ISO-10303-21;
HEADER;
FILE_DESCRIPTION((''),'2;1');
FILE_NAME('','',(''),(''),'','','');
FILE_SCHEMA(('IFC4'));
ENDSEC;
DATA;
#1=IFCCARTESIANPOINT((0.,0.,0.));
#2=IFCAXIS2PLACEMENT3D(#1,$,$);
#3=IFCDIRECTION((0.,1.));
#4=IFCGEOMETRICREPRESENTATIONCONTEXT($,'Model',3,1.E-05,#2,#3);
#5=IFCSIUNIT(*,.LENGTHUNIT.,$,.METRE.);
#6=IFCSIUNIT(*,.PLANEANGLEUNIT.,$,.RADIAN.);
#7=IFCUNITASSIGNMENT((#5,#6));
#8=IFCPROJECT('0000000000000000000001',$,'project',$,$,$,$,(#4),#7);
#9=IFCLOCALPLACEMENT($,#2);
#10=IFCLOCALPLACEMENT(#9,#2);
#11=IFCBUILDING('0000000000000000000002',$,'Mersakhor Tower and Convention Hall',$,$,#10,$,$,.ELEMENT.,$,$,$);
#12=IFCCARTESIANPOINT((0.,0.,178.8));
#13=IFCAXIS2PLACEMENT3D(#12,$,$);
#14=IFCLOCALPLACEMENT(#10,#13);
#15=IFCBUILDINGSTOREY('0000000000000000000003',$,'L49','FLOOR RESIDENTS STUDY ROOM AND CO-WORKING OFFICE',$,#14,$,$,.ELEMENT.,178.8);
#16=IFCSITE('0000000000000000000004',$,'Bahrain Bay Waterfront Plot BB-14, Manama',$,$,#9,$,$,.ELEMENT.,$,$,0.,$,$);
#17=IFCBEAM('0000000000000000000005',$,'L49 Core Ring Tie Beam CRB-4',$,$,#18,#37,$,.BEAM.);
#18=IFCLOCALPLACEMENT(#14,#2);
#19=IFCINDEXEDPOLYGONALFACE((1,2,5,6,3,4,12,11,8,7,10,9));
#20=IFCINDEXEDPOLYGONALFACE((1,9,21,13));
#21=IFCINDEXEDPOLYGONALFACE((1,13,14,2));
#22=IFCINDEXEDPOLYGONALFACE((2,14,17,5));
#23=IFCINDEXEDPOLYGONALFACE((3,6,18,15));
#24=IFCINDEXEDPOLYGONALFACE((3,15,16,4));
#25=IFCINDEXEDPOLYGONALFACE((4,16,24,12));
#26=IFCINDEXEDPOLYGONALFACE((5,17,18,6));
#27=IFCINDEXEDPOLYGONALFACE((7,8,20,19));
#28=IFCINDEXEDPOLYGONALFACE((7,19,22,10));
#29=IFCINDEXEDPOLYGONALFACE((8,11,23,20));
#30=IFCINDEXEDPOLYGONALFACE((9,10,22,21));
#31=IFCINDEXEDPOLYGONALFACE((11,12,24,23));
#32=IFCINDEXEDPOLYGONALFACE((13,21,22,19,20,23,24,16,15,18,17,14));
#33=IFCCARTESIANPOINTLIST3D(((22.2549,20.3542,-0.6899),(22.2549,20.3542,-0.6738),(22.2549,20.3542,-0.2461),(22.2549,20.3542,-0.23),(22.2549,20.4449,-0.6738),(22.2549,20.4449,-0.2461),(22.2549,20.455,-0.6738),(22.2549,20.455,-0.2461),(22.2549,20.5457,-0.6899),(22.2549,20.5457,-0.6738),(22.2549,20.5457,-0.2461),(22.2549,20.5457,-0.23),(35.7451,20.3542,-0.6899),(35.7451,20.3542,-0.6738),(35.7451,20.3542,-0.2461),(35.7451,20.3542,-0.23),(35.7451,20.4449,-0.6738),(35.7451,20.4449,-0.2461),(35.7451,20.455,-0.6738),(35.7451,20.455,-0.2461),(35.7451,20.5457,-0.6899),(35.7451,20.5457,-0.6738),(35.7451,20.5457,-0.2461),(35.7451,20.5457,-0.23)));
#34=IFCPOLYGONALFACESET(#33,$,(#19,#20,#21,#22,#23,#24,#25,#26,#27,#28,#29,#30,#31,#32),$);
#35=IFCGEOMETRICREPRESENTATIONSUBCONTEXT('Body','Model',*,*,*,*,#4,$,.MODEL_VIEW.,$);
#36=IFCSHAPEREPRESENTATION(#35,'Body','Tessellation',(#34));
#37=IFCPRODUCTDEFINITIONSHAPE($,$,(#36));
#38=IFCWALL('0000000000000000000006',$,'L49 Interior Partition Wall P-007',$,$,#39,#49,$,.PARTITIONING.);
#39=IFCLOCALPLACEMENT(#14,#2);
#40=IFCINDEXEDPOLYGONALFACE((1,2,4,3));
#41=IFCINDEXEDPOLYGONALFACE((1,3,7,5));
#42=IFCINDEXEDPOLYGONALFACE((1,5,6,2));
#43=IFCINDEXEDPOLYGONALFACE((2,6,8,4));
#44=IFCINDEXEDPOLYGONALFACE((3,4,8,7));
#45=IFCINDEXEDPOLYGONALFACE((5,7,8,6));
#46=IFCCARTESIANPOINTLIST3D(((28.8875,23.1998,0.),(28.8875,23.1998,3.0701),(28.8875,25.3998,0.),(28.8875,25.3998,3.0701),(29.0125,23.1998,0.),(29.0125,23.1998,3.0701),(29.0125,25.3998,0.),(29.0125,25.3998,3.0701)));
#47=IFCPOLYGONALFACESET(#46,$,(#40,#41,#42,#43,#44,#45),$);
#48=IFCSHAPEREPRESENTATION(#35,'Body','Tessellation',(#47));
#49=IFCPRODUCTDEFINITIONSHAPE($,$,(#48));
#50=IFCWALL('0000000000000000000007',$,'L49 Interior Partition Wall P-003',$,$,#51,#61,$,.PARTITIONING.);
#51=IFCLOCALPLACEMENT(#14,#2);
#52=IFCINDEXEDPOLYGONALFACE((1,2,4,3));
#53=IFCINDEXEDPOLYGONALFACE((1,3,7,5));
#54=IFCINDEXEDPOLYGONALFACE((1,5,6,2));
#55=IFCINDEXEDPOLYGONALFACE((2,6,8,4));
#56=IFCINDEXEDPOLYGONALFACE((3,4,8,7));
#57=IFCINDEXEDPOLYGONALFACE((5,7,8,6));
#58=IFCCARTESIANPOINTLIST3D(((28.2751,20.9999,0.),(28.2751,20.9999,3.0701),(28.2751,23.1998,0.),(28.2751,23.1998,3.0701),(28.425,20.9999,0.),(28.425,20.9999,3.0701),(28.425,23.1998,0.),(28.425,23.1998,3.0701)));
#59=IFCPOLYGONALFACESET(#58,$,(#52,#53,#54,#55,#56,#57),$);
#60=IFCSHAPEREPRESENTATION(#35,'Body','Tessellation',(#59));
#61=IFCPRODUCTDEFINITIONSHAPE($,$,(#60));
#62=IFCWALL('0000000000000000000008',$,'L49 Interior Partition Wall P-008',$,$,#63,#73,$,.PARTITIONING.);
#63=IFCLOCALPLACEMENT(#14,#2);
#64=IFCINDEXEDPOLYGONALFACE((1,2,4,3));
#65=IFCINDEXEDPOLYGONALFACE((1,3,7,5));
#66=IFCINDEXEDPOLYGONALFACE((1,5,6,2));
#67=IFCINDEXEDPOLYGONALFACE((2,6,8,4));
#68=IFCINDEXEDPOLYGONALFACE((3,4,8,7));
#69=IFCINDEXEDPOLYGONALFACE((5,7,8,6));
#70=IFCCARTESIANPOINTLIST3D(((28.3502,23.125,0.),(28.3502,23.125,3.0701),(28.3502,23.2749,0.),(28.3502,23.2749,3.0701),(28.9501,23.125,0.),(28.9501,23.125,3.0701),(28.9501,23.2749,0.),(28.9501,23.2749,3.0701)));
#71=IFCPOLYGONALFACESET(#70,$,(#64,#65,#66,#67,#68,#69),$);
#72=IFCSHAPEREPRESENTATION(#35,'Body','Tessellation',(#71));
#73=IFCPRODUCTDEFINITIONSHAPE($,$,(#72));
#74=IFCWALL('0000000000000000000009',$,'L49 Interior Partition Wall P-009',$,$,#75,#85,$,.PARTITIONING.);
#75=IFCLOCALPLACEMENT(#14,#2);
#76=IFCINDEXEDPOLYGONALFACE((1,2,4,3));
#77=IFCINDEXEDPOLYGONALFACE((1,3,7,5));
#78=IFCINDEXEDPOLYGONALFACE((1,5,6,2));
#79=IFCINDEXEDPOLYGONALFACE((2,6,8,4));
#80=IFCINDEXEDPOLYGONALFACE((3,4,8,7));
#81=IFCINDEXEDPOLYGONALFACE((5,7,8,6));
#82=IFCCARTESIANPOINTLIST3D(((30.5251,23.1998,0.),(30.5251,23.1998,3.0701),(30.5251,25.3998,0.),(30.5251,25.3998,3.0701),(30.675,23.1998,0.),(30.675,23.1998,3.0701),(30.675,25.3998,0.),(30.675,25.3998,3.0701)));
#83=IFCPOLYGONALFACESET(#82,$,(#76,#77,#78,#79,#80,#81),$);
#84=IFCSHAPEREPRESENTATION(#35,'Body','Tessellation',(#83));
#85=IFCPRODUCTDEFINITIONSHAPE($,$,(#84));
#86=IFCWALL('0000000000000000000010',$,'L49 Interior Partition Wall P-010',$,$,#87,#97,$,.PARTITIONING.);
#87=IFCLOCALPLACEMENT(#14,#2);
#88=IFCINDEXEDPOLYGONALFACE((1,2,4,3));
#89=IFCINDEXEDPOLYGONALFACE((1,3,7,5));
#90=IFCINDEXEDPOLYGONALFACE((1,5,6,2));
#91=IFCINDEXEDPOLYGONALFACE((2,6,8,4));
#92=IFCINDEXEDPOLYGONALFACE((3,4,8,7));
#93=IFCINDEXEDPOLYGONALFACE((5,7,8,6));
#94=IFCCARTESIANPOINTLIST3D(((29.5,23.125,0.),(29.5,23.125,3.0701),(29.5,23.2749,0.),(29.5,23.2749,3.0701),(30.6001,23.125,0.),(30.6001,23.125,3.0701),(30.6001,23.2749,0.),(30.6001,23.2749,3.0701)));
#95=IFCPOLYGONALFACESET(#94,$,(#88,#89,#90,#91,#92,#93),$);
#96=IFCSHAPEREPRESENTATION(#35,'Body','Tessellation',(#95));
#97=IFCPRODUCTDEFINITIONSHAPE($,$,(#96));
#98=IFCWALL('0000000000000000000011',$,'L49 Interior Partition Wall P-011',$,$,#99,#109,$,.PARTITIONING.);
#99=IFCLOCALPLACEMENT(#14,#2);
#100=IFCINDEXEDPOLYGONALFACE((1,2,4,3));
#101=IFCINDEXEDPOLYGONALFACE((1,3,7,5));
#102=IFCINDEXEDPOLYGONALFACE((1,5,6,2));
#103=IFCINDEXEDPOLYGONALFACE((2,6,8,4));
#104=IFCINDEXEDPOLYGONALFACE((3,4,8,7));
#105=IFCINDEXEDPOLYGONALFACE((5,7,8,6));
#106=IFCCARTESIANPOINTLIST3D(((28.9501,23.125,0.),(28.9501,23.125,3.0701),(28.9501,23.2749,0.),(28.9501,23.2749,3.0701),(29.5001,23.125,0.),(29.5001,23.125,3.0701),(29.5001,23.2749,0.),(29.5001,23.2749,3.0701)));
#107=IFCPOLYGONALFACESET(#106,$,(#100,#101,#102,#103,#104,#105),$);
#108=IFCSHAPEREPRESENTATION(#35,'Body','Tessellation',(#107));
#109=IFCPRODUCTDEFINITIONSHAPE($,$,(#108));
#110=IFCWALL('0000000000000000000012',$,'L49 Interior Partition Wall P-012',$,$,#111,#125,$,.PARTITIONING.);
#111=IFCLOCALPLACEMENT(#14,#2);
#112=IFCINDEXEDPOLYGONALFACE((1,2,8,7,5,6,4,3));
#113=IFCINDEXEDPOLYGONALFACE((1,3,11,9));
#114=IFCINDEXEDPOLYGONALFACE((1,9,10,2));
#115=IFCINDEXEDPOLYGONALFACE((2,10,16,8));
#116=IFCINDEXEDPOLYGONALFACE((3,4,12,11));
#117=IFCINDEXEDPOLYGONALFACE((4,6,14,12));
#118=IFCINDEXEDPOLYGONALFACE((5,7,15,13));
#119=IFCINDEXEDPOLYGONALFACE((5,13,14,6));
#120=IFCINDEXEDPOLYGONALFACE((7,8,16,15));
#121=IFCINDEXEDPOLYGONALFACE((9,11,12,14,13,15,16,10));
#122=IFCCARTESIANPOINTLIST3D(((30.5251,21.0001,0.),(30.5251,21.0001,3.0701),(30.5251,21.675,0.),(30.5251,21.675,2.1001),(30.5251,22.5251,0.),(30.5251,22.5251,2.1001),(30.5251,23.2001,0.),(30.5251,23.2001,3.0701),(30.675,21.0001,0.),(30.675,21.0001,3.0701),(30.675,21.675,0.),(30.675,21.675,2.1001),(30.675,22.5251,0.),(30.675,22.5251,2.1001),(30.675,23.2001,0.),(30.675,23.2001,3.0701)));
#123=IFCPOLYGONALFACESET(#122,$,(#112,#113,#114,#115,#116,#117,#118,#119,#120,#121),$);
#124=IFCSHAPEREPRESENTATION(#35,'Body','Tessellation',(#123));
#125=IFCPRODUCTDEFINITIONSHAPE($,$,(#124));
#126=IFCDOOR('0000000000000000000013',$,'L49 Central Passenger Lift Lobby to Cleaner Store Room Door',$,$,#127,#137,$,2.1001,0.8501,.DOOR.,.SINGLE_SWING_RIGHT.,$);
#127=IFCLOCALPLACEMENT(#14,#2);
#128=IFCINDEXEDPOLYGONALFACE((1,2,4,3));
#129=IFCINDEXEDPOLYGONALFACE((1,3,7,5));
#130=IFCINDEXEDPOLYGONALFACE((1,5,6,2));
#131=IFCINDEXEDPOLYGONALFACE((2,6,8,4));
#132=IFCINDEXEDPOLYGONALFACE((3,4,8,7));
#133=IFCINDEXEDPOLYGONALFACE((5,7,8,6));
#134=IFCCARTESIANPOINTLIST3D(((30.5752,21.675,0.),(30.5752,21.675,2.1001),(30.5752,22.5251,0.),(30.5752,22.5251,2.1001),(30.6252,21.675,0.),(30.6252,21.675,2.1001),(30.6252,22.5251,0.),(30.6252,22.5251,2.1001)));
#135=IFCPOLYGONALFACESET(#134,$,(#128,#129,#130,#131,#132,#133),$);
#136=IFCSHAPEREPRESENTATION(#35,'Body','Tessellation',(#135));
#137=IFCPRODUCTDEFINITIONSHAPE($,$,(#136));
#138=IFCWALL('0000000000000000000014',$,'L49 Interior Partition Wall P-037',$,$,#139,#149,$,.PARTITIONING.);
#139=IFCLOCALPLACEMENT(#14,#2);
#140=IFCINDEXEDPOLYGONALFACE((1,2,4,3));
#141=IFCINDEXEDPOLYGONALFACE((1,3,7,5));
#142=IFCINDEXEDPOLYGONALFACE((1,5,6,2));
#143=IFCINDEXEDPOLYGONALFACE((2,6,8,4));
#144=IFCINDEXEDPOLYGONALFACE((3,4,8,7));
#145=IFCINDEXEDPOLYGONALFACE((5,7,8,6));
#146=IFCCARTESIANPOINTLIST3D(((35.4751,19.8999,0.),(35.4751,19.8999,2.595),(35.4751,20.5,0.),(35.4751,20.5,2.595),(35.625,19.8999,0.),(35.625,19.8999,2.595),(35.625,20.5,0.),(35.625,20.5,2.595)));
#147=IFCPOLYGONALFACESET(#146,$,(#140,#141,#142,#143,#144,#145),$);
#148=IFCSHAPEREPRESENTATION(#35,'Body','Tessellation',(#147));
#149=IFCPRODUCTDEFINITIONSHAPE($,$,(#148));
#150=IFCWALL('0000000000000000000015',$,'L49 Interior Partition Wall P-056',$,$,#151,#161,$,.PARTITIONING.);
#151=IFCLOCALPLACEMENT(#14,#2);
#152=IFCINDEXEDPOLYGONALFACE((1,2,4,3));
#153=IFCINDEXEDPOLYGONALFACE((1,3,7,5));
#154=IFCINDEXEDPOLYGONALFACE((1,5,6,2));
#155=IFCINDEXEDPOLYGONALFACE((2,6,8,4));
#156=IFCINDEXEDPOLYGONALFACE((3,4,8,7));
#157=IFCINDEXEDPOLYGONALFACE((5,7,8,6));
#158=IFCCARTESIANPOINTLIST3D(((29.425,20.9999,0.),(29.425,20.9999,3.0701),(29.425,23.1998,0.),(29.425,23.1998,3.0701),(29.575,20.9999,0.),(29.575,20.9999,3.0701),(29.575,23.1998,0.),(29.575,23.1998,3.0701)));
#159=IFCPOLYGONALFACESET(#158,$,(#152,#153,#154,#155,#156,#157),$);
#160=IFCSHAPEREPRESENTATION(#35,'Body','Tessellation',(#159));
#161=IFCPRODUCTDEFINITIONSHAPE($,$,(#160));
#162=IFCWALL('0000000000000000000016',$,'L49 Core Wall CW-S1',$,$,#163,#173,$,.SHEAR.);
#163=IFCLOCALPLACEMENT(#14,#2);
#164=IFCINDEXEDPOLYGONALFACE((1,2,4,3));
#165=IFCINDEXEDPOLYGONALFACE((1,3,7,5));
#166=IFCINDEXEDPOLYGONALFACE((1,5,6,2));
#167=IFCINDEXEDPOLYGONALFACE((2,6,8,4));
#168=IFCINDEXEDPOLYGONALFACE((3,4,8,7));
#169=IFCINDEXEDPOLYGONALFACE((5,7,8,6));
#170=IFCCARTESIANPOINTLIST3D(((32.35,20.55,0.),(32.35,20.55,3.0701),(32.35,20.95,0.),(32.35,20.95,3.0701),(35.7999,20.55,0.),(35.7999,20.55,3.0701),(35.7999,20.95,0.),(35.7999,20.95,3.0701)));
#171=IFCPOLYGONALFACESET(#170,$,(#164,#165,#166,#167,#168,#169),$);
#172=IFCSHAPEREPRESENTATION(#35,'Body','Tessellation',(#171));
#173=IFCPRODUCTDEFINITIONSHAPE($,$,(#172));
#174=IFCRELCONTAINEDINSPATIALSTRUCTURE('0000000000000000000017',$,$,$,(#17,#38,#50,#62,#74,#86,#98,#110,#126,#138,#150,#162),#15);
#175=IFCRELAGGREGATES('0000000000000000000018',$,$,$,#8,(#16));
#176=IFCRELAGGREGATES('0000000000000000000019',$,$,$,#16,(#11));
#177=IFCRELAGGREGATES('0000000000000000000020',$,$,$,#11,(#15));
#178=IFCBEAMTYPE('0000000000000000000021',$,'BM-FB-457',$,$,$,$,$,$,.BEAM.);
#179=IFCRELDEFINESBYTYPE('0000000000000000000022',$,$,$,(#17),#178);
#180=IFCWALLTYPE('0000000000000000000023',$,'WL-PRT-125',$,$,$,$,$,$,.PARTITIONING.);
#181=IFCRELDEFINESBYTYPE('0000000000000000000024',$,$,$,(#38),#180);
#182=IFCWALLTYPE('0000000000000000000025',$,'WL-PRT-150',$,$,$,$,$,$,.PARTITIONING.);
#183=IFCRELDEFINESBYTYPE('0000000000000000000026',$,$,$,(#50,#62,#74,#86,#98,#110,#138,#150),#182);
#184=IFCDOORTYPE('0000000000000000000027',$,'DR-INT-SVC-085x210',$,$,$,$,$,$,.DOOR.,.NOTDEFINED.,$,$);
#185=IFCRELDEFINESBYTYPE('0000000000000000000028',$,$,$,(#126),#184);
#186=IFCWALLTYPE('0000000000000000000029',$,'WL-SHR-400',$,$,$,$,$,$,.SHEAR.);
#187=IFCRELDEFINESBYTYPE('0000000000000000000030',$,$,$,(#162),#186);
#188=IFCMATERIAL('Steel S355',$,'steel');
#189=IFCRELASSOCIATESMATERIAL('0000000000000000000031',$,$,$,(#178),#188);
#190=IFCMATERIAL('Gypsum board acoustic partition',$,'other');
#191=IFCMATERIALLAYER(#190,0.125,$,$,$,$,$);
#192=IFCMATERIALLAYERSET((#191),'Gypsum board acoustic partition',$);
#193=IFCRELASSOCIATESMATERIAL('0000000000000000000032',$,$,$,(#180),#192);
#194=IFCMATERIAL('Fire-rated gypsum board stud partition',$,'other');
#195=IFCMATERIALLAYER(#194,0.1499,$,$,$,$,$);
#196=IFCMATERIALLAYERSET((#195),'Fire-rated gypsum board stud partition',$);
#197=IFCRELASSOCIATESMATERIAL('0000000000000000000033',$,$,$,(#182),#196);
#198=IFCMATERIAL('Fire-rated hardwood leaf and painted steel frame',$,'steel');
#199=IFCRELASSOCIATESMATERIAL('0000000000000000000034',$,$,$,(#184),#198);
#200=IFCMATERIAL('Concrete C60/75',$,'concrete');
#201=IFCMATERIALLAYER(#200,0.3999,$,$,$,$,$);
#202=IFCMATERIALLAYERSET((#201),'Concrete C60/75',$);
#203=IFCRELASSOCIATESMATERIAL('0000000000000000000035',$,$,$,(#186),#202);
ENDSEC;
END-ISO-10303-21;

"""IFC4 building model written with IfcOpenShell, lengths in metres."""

from ifc_helpers import new_model, si_unit, direction, frame, frame_2d, origin, origin_2d, place, context, subcontext, project, spatial, rectangle, i_section, extrude, material, layer, layer_set, material_profile, profile_set, type_object, element, fill, save


model = new_model("IFC4")

# Units and contexts
model_context = context("Model", 3, precision=1e-05, world=origin(), true_north=direction((0.0, 1.0)))
body_context = subcontext(model_context, "Body", "Model", "MODEL_VIEW")
ifc_project = project(units=[si_unit("LENGTHUNIT", "METRE"), si_unit("PLANEANGLEUNIT", "RADIAN")], contexts=[model_context])

# Site, building, storey
site_placement = place(None, origin())
site = spatial("IfcSite", under=ifc_project, at=site_placement, Name="Bahrain Bay Waterfront Plot BB-14, Manama", CompositionType="ELEMENT", RefElevation=0.0)
building_placement = place(site_placement, origin())
building = spatial("IfcBuilding", under=site, at=building_placement, Name="Mersakhor Tower and Convention Hall", CompositionType="ELEMENT")
storey_placement = place(building_placement, frame((0.0, 0.0, 178.8)))
storey = spatial("IfcBuildingStorey", under=building, at=storey_placement, Name="L49", Description="FLOOR RESIDENTS STUDY ROOM AND CO-WORKING OFFICE", CompositionType="ELEMENT", Elevation=178.8)

# Beam
ifc_material_1 = material(Name="Steel S355", Category="steel")
ifc_material_profile = material_profile(ifc_material_1, i_section(OverallWidth=0.1914, OverallDepth=0.46, WebThickness=0.01, FlangeThickness=0.0161, at=origin_2d()), Name="UB 457x191x82")
ifc_profile_set = profile_set([ifc_material_profile], Name="Steel S355")
beam_type = type_object("IfcBeamType", Name="BM-FB-457", PredefinedType="BEAM", material=ifc_profile_set)
beam_placement = place(storey_placement, frame((35.7451, 20.45, -0.46), z_axis=(-1.0, 0.0, 0.0), x_axis=(0.0, -1.0, 0.0)))
element("IfcBeam", 1, at=beam_placement, inside=storey, type_object=beam_type, Name="L49 Core Ring Tie Beam CRB-4", PredefinedType="BEAM", context=body_context, shape_type="SweptSolid", body=[
    extrude(i_section(OverallWidth=0.1914, OverallDepth=0.46, WebThickness=0.01, FlangeThickness=0.0161, at=origin_2d()), origin(), (0.0, 0.0, 1.0), 13.4902),
])

# Walls
ifc_material_2 = material(Name="Gypsum board acoustic partition", Category="other")
ifc_layer_1 = layer(ifc_material_2, 0.125)
ifc_layer_set_1 = layer_set([ifc_layer_1], Name="Gypsum board acoustic partition")
wall_type_1 = type_object("IfcWallType", Name="WL-PRT-125", PredefinedType="PARTITIONING", material=ifc_layer_set_1)
wall_1_placement = place(storey_placement, frame((28.95, 25.3999, 0.0), z_axis=(0.0, 0.0, 1.0), x_axis=(0.0, -1.0, 0.0)))
element("IfcWall", 2, at=wall_1_placement, inside=storey, type_object=wall_type_1, Name="L49 Interior Partition Wall P-007", PredefinedType="PARTITIONING", context=body_context, shape_type="SweptSolid", body=[
    extrude(rectangle(XDim=2.2, YDim=0.125, at=frame_2d((1.1001, 0.0))), origin(), (0.0, 0.0, 1.0), 3.0701),
])
ifc_material_3 = material(Name="Fire-rated gypsum board stud partition", Category="other")
ifc_layer_2 = layer(ifc_material_3, 0.1499)
ifc_layer_set_2 = layer_set([ifc_layer_2], Name="Fire-rated gypsum board stud partition")
wall_type_2 = type_object("IfcWallType", Name="WL-PRT-150", PredefinedType="PARTITIONING", material=ifc_layer_set_2)
wall_2_placement = place(storey_placement, frame((28.3501, 23.2, 0.0), z_axis=(0.0, 0.0, 1.0), x_axis=(0.0, -1.0, 0.0)))
element("IfcWall", 3, at=wall_2_placement, inside=storey, type_object=wall_type_2, Name="L49 Interior Partition Wall P-003", PredefinedType="PARTITIONING", context=body_context, shape_type="SweptSolid", body=[
    extrude(rectangle(XDim=2.2, YDim=0.1499, at=frame_2d((1.1001, 0.0))), origin(), (0.0, 0.0, 1.0), 3.0701),
])
wall_3_placement = place(storey_placement, frame((28.95, 23.2, 0.0), z_axis=(0.0, 0.0, 1.0), x_axis=(-1.0, 0.0, 0.0)))
element("IfcWall", 4, at=wall_3_placement, inside=storey, type_object=wall_type_2, Name="L49 Interior Partition Wall P-008", PredefinedType="PARTITIONING", context=body_context, shape_type="SweptSolid", body=[
    extrude(rectangle(XDim=0.5999, YDim=0.1499, at=frame_2d((0.2998, 0.0))), origin(), (0.0, 0.0, 1.0), 3.0701),
])
wall_4_placement = place(storey_placement, frame((30.6001, 25.3999, 0.0), z_axis=(0.0, 0.0, 1.0), x_axis=(0.0, -1.0, 0.0)))
element("IfcWall", 5, at=wall_4_placement, inside=storey, type_object=wall_type_2, Name="L49 Interior Partition Wall P-009", PredefinedType="PARTITIONING", context=body_context, shape_type="SweptSolid", body=[
    extrude(rectangle(XDim=2.2, YDim=0.1499, at=frame_2d((1.1001, 0.0))), origin(), (0.0, 0.0, 1.0), 3.0701),
])
wall_5_placement = place(storey_placement, frame((30.6001, 23.2, 0.0), z_axis=(0.0, 0.0, 1.0), x_axis=(-1.0, 0.0, 0.0)))
element("IfcWall", 6, at=wall_5_placement, inside=storey, type_object=wall_type_2, Name="L49 Interior Partition Wall P-010", PredefinedType="PARTITIONING", context=body_context, shape_type="SweptSolid", body=[
    extrude(rectangle(XDim=1.1001, YDim=0.1499, at=frame_2d((0.55, 0.0))), origin(), (0.0, 0.0, 1.0), 3.0701),
])
wall_6_placement = place(storey_placement, frame((29.5, 23.2, 0.0), z_axis=(0.0, 0.0, 1.0), x_axis=(-1.0, 0.0, 0.0)))
element("IfcWall", 7, at=wall_6_placement, inside=storey, type_object=wall_type_2, Name="L49 Interior Partition Wall P-011", PredefinedType="PARTITIONING", context=body_context, shape_type="SweptSolid", body=[
    extrude(rectangle(XDim=0.55, YDim=0.1499, at=frame_2d((0.2749, 0.0))), origin(), (0.0, 0.0, 1.0), 3.0701),
])

# Wall, opening, door
wall_7_placement = place(storey_placement, frame((30.6001, 21.0, 0.0), z_axis=(0.0, 0.0, 1.0), x_axis=(0.0, 1.0, 0.0)))
wall_7 = element("IfcWall", 8, at=wall_7_placement, inside=storey, type_object=wall_type_2, Name="L49 Interior Partition Wall P-012", PredefinedType="PARTITIONING", context=body_context, shape_type="SweptSolid", body=[
    extrude(rectangle(XDim=2.2, YDim=0.1499, at=frame_2d((1.1001, 0.0))), origin(), (0.0, 0.0, 1.0), 3.0701),
])
opening_1_placement = place(wall_7_placement, frame((0.675, 0.0, 0.0)))
opening_1 = element("IfcOpeningElement", 9, at=opening_1_placement, cuts=wall_7, PredefinedType="OPENING", context=body_context, shape_type="SweptSolid", body=[
    extrude(rectangle(XDim=0.8501, YDim=2.1001, at=frame_2d((0.425, 1.05))), frame((0.0, 0.085, 0.0), z_axis=(0.0, -1.0, 0.0), x_axis=(1.0, 0.0, 0.0)), (0.0, 0.0, 1.0), 0.1699),
])
ifc_material_4 = material(Name="Fire-rated hardwood leaf and painted steel frame", Category="steel")
door_type_1 = type_object("IfcDoorType", Name="DR-INT-SVC-085x210", OperationType="NOTDEFINED", PredefinedType="DOOR", material=ifc_material_4)
door_1_placement = place(opening_1_placement, origin())
door_1 = element("IfcDoor", 10, at=door_1_placement, inside=storey, type_object=door_type_1, Name="L49 Central Passenger Lift Lobby to Cleaner Store Room Door", OperationType="SINGLE_SWING_RIGHT", OverallHeight=2.1001, OverallWidth=0.8501, PredefinedType="DOOR", context=body_context, shape_type="SweptSolid", body=[
    extrude(rectangle(XDim=0.8501, YDim=2.1001, at=frame_2d((0.425, 1.05))), frame((0.0, 0.0249, 0.0), z_axis=(0.0, -1.0, 0.0), x_axis=(1.0, 0.0, 0.0)), (0.0, 0.0, 1.0), 0.05),
])
fill(opening_1, door_1)

# Walls
wall_8_placement = place(storey_placement, frame((35.55, 20.5, 0.0), z_axis=(0.0, 0.0, 1.0), x_axis=(0.0, -1.0, 0.0)))
element("IfcWall", 11, at=wall_8_placement, inside=storey, type_object=wall_type_2, Name="L49 Interior Partition Wall P-037", PredefinedType="PARTITIONING", context=body_context, shape_type="SweptSolid", body=[
    extrude(rectangle(XDim=0.6001, YDim=0.1499, at=frame_2d((0.3, 0.0))), origin(), (0.0, 0.0, 1.0), 2.595),
])
wall_9_placement = place(storey_placement, frame((29.5, 23.2, 0.0), z_axis=(0.0, 0.0, 1.0), x_axis=(0.0, -1.0, 0.0)))
element("IfcWall", 12, at=wall_9_placement, inside=storey, type_object=wall_type_2, Name="L49 Interior Partition Wall P-056", PredefinedType="PARTITIONING", context=body_context, shape_type="SweptSolid", body=[
    extrude(rectangle(XDim=2.2, YDim=0.1499, at=frame_2d((1.1001, 0.0))), origin(), (0.0, 0.0, 1.0), 3.0701),
])
ifc_material_5 = material(Name="Concrete C60/75", Category="concrete")
ifc_layer_3 = layer(ifc_material_5, 0.3999)
ifc_layer_set_3 = layer_set([ifc_layer_3], Name="Concrete C60/75")
wall_type_3 = type_object("IfcWallType", Name="WL-SHR-400", PredefinedType="SHEAR", material=ifc_layer_set_3)
wall_10_placement = place(storey_placement, frame((35.8, 20.75, 0.0), z_axis=(0.0, 0.0, 1.0), x_axis=(-1.0, 0.0, 0.0)))
element("IfcWall", 13, at=wall_10_placement, inside=storey, type_object=wall_type_3, Name="L49 Core Wall CW-S1", PredefinedType="SHEAR", context=body_context, shape_type="SweptSolid", body=[
    extrude(rectangle(XDim=3.45, YDim=0.3999, at=frame_2d((1.7251, 0.0))), origin(), (0.0, 0.0, 1.0), 3.0701),
])

save(model, "model.ifc")
